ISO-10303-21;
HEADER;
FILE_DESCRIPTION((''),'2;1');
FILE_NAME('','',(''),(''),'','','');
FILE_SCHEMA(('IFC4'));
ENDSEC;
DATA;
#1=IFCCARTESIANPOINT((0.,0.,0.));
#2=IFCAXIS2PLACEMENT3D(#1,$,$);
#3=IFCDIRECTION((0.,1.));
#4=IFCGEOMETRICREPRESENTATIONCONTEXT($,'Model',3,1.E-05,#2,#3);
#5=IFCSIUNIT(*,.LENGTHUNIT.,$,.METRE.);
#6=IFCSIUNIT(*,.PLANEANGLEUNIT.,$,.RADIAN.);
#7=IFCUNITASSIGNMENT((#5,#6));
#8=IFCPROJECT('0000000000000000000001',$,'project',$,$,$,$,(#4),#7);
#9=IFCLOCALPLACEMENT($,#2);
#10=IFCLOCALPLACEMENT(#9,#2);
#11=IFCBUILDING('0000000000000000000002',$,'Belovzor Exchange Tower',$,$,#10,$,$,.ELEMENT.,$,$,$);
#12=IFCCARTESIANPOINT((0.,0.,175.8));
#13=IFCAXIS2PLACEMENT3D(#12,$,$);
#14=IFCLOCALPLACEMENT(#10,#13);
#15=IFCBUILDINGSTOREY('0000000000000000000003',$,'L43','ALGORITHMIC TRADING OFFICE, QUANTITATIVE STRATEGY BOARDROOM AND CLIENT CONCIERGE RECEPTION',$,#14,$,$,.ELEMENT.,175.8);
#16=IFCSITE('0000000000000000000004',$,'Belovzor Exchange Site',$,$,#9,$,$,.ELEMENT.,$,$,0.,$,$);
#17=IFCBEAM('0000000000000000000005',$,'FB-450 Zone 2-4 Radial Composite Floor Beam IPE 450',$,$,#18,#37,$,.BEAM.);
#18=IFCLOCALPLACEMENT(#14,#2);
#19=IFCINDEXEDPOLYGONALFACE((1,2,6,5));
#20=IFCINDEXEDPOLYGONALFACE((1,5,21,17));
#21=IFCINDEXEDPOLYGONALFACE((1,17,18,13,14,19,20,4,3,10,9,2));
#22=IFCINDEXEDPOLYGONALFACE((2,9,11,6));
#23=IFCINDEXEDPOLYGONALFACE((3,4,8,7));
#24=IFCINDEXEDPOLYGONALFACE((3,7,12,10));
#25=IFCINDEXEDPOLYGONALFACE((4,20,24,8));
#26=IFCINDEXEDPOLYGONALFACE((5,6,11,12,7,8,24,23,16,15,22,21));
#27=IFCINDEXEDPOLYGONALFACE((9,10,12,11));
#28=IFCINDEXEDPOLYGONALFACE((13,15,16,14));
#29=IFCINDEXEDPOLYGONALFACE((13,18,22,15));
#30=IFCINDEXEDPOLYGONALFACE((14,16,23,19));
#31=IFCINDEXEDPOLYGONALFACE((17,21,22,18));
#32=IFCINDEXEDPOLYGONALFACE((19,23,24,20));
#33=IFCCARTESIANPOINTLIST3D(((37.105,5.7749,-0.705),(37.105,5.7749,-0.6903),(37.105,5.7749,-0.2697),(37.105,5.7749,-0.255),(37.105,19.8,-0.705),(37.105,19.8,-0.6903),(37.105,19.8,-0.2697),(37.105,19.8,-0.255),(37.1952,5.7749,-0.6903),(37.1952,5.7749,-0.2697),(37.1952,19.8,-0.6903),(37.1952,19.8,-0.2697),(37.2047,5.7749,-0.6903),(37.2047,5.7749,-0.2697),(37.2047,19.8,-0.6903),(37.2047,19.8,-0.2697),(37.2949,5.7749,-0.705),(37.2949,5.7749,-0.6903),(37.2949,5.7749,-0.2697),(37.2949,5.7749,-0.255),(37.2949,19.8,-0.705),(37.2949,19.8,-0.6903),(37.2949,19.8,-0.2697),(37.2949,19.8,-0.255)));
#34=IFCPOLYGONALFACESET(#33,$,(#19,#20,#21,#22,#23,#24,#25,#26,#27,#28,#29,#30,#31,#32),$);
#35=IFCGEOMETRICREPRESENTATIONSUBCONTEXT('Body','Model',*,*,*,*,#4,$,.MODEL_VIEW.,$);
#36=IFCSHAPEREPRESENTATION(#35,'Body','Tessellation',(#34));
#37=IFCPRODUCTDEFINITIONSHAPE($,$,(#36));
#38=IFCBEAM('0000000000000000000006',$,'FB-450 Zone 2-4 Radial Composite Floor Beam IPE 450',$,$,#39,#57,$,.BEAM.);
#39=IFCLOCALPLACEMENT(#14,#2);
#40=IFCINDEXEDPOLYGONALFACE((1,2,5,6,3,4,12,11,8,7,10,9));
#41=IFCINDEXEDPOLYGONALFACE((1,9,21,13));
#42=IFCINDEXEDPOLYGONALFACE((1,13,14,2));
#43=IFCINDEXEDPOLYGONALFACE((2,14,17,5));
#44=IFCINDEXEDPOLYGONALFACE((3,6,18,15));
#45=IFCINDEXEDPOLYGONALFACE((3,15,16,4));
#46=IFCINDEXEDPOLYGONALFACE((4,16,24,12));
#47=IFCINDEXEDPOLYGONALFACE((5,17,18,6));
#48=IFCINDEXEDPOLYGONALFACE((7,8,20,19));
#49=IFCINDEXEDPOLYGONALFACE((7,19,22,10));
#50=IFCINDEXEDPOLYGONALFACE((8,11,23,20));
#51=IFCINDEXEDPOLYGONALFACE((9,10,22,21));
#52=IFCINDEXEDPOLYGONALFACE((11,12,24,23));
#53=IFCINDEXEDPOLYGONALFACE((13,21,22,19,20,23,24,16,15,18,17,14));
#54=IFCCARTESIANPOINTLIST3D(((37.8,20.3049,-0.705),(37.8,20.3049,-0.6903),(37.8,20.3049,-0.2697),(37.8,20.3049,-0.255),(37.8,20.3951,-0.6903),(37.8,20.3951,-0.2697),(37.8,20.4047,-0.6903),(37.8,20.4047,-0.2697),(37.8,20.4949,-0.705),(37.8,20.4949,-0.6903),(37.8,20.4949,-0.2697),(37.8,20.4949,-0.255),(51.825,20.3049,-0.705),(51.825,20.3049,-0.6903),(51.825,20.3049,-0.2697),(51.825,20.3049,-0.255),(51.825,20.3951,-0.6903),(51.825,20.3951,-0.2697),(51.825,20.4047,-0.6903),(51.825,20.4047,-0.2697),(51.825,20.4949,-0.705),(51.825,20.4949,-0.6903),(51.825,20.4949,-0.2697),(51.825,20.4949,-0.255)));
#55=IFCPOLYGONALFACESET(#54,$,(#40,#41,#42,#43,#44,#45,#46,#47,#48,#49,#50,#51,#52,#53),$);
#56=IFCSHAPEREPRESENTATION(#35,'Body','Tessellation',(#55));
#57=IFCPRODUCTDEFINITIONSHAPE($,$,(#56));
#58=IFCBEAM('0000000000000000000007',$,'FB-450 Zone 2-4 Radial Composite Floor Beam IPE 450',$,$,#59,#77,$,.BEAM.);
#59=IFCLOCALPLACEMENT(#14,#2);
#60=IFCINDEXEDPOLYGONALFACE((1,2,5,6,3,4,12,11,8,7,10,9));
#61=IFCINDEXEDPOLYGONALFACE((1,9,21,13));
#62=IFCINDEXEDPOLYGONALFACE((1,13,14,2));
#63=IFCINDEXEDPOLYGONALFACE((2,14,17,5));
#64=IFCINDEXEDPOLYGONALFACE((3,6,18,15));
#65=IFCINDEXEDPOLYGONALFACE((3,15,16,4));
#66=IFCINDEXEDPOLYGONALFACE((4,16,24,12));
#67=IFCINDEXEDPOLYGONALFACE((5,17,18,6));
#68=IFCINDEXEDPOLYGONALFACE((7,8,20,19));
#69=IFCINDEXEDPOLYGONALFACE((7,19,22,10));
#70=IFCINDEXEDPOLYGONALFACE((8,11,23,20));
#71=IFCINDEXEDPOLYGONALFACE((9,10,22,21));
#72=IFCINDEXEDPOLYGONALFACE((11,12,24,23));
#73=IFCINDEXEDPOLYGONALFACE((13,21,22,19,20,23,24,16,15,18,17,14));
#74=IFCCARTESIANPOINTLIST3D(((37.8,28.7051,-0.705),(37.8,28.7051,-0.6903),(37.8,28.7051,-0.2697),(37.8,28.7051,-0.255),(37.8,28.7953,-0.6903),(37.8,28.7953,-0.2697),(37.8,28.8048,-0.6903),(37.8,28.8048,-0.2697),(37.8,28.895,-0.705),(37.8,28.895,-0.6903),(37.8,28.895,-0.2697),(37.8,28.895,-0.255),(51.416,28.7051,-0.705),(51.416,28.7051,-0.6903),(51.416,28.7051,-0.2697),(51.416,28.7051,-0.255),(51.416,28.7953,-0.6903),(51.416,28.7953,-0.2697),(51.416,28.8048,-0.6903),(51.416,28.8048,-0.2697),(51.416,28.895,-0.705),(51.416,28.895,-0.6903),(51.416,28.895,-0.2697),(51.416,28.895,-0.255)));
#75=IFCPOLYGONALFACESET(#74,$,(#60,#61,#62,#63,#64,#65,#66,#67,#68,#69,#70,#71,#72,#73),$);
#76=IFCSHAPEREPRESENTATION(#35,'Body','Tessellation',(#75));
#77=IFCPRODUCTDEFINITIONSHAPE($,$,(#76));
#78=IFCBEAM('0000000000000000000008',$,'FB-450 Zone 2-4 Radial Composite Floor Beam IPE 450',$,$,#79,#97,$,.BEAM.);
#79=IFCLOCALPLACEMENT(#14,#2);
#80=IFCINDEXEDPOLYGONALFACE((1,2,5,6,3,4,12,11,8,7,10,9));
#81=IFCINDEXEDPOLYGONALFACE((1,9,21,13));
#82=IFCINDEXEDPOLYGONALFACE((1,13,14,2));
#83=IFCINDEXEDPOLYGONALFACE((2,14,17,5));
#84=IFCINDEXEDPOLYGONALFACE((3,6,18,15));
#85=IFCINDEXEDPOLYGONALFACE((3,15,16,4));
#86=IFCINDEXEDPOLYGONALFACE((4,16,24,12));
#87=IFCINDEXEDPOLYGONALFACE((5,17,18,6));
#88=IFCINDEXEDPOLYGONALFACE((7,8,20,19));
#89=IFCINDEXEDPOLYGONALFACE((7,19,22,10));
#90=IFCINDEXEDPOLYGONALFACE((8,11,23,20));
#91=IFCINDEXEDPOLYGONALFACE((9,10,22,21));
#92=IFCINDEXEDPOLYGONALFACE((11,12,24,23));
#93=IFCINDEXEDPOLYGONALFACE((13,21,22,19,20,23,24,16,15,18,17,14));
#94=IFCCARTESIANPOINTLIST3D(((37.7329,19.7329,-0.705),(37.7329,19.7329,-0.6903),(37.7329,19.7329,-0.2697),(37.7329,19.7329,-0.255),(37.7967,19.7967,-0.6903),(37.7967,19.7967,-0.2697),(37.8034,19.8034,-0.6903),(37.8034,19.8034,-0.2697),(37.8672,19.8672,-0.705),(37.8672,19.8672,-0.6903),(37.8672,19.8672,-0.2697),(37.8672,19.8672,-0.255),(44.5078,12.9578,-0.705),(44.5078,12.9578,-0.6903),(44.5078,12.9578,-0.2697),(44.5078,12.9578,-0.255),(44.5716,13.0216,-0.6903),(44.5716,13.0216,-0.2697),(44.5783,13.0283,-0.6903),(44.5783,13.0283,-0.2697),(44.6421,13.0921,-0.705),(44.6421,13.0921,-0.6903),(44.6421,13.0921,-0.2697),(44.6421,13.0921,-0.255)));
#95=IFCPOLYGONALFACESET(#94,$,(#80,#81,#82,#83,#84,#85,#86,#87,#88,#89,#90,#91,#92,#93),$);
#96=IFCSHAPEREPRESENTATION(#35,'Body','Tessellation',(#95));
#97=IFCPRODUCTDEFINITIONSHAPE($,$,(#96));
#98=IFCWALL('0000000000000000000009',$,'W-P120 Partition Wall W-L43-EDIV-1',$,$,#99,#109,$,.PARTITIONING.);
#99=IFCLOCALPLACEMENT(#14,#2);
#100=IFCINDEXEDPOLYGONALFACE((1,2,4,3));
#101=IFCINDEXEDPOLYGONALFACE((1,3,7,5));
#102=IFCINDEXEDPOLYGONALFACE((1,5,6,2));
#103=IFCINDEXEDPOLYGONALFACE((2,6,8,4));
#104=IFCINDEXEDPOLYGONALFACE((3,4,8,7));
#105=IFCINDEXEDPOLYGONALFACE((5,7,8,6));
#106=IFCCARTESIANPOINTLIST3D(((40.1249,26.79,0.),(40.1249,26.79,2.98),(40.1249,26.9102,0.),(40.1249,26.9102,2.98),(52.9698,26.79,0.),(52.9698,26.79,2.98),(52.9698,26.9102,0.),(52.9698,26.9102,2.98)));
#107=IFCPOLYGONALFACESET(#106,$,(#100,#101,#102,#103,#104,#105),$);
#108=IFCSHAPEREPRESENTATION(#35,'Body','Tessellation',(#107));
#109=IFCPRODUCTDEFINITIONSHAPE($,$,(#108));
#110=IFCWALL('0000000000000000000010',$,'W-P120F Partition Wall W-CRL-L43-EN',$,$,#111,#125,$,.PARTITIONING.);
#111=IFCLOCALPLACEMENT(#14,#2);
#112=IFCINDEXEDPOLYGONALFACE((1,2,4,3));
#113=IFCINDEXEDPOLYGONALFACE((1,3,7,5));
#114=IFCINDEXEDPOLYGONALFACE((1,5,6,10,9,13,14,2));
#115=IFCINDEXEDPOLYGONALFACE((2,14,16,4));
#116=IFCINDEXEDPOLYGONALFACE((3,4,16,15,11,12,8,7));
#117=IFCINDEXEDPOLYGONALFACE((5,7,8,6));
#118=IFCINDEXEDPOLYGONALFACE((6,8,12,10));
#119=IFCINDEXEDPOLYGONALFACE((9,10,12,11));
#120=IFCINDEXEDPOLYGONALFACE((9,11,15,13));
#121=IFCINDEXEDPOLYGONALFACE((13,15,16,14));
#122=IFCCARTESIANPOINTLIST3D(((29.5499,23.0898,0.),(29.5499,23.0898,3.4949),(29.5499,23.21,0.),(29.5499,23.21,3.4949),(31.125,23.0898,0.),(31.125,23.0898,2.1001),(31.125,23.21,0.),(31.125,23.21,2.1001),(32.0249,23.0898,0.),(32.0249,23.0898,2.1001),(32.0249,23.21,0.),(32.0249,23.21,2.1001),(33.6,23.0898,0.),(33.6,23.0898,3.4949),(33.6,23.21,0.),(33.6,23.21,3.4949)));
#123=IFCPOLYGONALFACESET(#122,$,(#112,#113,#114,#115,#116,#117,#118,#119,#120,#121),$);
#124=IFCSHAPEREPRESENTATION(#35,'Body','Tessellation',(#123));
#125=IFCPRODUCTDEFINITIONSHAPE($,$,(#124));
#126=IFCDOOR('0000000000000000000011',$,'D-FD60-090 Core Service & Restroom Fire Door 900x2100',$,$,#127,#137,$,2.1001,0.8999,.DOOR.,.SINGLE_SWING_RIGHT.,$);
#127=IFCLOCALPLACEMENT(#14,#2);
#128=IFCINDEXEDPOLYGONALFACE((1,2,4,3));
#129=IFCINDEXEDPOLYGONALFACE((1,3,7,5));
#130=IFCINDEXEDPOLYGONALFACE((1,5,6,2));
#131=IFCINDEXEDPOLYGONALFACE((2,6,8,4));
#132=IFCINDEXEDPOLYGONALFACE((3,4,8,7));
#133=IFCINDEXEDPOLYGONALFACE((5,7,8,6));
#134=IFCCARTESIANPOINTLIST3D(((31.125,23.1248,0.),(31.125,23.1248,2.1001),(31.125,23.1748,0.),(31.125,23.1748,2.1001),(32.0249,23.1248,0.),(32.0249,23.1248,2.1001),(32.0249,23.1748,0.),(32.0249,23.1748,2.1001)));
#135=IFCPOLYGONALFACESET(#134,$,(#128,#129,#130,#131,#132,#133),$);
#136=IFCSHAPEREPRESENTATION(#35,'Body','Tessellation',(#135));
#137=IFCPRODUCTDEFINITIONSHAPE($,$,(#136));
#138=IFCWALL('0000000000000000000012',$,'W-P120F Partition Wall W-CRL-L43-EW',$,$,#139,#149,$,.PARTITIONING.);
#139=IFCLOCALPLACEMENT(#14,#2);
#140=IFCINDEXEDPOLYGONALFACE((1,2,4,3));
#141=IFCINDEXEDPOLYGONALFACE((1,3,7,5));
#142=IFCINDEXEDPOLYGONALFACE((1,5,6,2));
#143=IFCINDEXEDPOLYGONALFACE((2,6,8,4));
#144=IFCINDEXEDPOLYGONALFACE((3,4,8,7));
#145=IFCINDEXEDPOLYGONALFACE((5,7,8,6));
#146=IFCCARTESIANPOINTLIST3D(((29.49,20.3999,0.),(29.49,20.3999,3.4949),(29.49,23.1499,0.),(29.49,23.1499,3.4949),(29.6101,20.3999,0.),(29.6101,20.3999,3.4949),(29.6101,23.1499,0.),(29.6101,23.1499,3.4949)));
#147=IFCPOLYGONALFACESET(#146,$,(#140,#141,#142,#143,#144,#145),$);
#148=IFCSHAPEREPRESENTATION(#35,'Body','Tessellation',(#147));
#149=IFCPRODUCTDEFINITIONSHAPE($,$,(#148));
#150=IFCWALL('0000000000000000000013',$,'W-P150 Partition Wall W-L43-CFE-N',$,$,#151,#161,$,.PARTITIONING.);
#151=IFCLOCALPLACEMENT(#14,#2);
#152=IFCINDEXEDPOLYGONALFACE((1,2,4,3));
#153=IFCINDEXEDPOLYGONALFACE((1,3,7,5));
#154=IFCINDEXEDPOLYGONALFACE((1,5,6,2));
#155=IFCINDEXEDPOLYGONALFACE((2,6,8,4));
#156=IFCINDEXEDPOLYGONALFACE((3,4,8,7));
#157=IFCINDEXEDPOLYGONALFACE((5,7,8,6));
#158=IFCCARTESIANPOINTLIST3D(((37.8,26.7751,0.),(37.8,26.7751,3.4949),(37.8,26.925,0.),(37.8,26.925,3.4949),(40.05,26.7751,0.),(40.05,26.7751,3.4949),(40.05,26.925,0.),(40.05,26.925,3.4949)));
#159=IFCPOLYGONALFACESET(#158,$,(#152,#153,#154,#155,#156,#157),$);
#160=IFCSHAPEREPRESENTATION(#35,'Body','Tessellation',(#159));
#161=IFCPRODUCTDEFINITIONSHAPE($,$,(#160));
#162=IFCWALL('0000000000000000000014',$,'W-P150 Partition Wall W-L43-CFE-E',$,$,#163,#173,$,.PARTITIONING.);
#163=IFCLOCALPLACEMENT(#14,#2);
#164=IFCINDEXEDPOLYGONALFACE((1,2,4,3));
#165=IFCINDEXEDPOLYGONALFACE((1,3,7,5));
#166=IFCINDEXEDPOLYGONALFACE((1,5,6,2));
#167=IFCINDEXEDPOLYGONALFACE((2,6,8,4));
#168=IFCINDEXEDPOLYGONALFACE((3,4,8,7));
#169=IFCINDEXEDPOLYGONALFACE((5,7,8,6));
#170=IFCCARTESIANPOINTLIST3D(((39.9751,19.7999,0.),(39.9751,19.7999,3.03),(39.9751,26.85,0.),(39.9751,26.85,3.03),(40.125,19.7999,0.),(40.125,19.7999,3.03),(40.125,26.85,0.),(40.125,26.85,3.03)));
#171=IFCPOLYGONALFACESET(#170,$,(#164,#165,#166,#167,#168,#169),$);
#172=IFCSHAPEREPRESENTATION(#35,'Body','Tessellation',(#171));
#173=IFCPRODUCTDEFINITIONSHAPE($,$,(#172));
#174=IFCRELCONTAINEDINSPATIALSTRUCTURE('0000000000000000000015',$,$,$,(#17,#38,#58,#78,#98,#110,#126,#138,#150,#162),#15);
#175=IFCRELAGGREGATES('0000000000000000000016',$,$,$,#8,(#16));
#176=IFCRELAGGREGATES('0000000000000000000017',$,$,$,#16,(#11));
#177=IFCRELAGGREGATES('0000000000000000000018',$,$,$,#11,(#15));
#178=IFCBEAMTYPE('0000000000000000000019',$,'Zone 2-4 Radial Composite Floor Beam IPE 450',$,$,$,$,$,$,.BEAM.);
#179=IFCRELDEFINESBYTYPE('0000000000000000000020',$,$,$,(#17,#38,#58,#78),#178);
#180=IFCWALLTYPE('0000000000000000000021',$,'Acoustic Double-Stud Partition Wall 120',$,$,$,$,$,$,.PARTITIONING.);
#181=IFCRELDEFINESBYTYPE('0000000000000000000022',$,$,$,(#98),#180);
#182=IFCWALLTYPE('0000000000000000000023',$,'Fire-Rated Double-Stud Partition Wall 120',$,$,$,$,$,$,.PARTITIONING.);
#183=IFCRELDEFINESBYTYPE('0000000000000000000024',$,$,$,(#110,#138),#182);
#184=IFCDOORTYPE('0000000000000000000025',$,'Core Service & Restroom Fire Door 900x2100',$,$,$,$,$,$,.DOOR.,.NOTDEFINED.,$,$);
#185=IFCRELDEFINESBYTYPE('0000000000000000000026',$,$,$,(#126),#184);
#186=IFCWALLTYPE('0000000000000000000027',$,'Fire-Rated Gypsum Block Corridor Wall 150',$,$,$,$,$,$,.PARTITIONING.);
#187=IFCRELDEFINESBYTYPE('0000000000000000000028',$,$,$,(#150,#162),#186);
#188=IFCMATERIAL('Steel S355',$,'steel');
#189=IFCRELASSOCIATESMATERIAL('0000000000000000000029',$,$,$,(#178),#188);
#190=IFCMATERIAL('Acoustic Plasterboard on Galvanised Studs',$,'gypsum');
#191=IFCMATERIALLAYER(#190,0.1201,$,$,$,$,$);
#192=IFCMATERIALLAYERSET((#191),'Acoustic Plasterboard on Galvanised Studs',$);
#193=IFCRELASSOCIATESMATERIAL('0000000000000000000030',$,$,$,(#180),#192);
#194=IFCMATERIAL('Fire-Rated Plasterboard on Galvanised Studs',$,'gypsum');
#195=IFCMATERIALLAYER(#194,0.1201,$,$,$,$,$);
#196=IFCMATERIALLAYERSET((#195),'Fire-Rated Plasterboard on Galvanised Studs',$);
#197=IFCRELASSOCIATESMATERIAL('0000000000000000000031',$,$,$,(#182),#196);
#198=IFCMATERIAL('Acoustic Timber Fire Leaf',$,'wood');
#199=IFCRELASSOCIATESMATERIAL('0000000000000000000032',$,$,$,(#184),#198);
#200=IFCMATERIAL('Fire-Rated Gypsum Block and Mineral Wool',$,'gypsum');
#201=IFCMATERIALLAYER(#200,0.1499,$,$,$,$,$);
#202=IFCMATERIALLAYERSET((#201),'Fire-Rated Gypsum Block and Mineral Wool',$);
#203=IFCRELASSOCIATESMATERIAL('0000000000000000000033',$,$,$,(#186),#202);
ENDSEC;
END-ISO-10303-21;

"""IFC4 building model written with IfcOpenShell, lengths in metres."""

from ifc_helpers import new_model, si_unit, direction, frame, frame_2d, origin, origin_2d, place, context, subcontext, project, spatial, rectangle, i_section, extrude, material, layer, layer_set, material_profile, profile_set, type_object, element, fill, save


model = new_model("IFC4")

# Units and contexts
model_context = context("Model", 3, precision=1e-05, world=origin(), true_north=direction((0.0, 1.0)))
body_context = subcontext(model_context, "Body", "Model", "MODEL_VIEW")
ifc_project = project(units=[si_unit("LENGTHUNIT", "METRE"), si_unit("PLANEANGLEUNIT", "RADIAN")], contexts=[model_context])

# Site, building, storey
site_placement = place(None, origin())
site = spatial("IfcSite", under=ifc_project, at=site_placement, Name="Belovzor Exchange Site", CompositionType="ELEMENT", RefElevation=0.0)
building_placement = place(site_placement, origin())
building = spatial("IfcBuilding", under=site, at=building_placement, Name="Belovzor Exchange Tower", CompositionType="ELEMENT")
storey_placement = place(building_placement, frame((0.0, 0.0, 175.8)))
storey = spatial("IfcBuildingStorey", under=building, at=storey_placement, Name="L43", Description="ALGORITHMIC TRADING OFFICE, QUANTITATIVE STRATEGY BOARDROOM AND CLIENT CONCIERGE RECEPTION", CompositionType="ELEMENT", Elevation=175.8)

# Beams
ifc_material_1 = material(Name="Steel S355", Category="steel")
ifc_material_profile = material_profile(ifc_material_1, i_section(OverallWidth=0.1899, OverallDepth=0.45, WebThickness=0.0095, FlangeThickness=0.0146, at=origin_2d()))
ifc_profile_set = profile_set([ifc_material_profile], Name="Steel S355")
beam_type = type_object("IfcBeamType", Name="Zone 2-4 Radial Composite Floor Beam IPE 450", PredefinedType="BEAM", material=ifc_profile_set)
beam_1_placement = place(storey_placement, frame((37.2, 19.8, -0.48), z_axis=(0.0, -1.0, 0.0), x_axis=(1.0, 0.0, 0.0)))
element("IfcBeam", 1, at=beam_1_placement, inside=storey, type_object=beam_type, Name="FB-450 Zone 2-4 Radial Composite Floor Beam IPE 450", PredefinedType="BEAM", context=body_context, shape_type="SweptSolid", body=[
    extrude(i_section(OverallWidth=0.1899, OverallDepth=0.45, WebThickness=0.0095, FlangeThickness=0.0146, at=origin_2d()), origin(), (0.0, 0.0, 1.0), 14.0251),
])
beam_2_placement = place(storey_placement, frame((37.8, 20.3999, -0.48), z_axis=(1.0, 0.0, 0.0), x_axis=(0.0, 1.0, 0.0)))
element("IfcBeam", 2, at=beam_2_placement, inside=storey, type_object=beam_type, Name="FB-450 Zone 2-4 Radial Composite Floor Beam IPE 450", PredefinedType="BEAM", context=body_context, shape_type="SweptSolid", body=[
    extrude(i_section(OverallWidth=0.1899, OverallDepth=0.45, WebThickness=0.0095, FlangeThickness=0.0146, at=origin_2d()), origin(), (0.0, 0.0, 1.0), 14.0249),
])
beam_3_placement = place(storey_placement, frame((37.8, 28.8, -0.48), z_axis=(1.0, 0.0, 0.0), x_axis=(0.0, 1.0, 0.0)))
element("IfcBeam", 3, at=beam_3_placement, inside=storey, type_object=beam_type, Name="FB-450 Zone 2-4 Radial Composite Floor Beam IPE 450", PredefinedType="BEAM", context=body_context, shape_type="SweptSolid", body=[
    extrude(i_section(OverallWidth=0.1899, OverallDepth=0.45, WebThickness=0.0095, FlangeThickness=0.0146, at=origin_2d()), origin(), (0.0, 0.0, 1.0), 13.616),
])
beam_4_placement = place(storey_placement, frame((37.8, 19.8, -0.48), z_axis=(0.707094, -0.70712, 0.0), x_axis=(0.70712, 0.707094, 0.0)))
element("IfcBeam", 4, at=beam_4_placement, inside=storey, type_object=beam_type, Name="FB-450 Zone 2-4 Radial Composite Floor Beam IPE 450", PredefinedType="BEAM", context=body_context, shape_type="SweptSolid", body=[
    extrude(i_section(OverallWidth=0.1899, OverallDepth=0.45, WebThickness=0.0095, FlangeThickness=0.0146, at=origin_2d()), origin(), (0.0, 0.0, 1.0), 9.5813),
])

# Wall
ifc_material_2 = material(Name="Acoustic Plasterboard on Galvanised Studs", Category="gypsum")
ifc_layer_1 = layer(ifc_material_2, 0.1201)
ifc_layer_set_1 = layer_set([ifc_layer_1], Name="Acoustic Plasterboard on Galvanised Studs")
wall_type_1 = type_object("IfcWallType", Name="Acoustic Double-Stud Partition Wall 120", PredefinedType="PARTITIONING", material=ifc_layer_set_1)
wall_1_placement = place(storey_placement, frame((40.125, 26.8501, 0.0), z_axis=(0.0, 0.0, 1.0), x_axis=(1.0, 0.0, 0.0)))
element("IfcWall", 5, at=wall_1_placement, inside=storey, type_object=wall_type_1, Name="W-P120 Partition Wall W-L43-EDIV-1", PredefinedType="PARTITIONING", context=body_context, shape_type="SweptSolid", body=[
    extrude(rectangle(XDim=12.845, YDim=0.1201, at=frame_2d((6.4224, 0.0))), origin(), (0.0, 0.0, 1.0), 2.98),
])

# Wall, opening, door
ifc_material_3 = material(Name="Fire-Rated Plasterboard on Galvanised Studs", Category="gypsum")
ifc_layer_2 = layer(ifc_material_3, 0.1201)
ifc_layer_set_2 = layer_set([ifc_layer_2], Name="Fire-Rated Plasterboard on Galvanised Studs")
wall_type_2 = type_object("IfcWallType", Name="Fire-Rated Double-Stud Partition Wall 120", PredefinedType="PARTITIONING", material=ifc_layer_set_2)
wall_2_placement = place(storey_placement, frame((29.55, 23.1499, 0.0), z_axis=(0.0, 0.0, 1.0), x_axis=(1.0, 0.0, 0.0)))
wall_2 = element("IfcWall", 6, at=wall_2_placement, inside=storey, type_object=wall_type_2, Name="W-P120F Partition Wall W-CRL-L43-EN", PredefinedType="PARTITIONING", context=body_context, shape_type="SweptSolid", body=[
    extrude(rectangle(XDim=4.05, YDim=0.1201, at=frame_2d((2.0249, 0.0))), origin(), (0.0, 0.0, 1.0), 3.4949),
])
opening_1_placement = place(wall_2_placement, frame((1.575, 0.0, 0.0)))
opening_1 = element("IfcOpeningElement", 7, at=opening_1_placement, cuts=wall_2, PredefinedType="OPENING", context=body_context, shape_type="SweptSolid", body=[
    extrude(rectangle(XDim=0.8999, YDim=2.1001, at=frame_2d((0.45, 1.05))), frame((0.0, 0.0701, 0.0), z_axis=(0.0, -1.0, 0.0), x_axis=(1.0, 0.0, 0.0)), (0.0, 0.0, 1.0), 0.1401),
])
ifc_material_4 = material(Name="Acoustic Timber Fire Leaf", Category="wood")
door_type_1 = type_object("IfcDoorType", Name="Core Service & Restroom Fire Door 900x2100", OperationType="NOTDEFINED", PredefinedType="DOOR", material=ifc_material_4)
door_1_placement = place(opening_1_placement, origin())
door_1 = element("IfcDoor", 8, at=door_1_placement, inside=storey, type_object=door_type_1, Name="D-FD60-090 Core Service & Restroom Fire Door 900x2100", OperationType="SINGLE_SWING_RIGHT", OverallHeight=2.1001, OverallWidth=0.8999, PredefinedType="DOOR", context=body_context, shape_type="SweptSolid", body=[
    extrude(rectangle(XDim=0.8999, YDim=2.1001, at=frame_2d((0.45, 1.05))), frame((0.0, 0.0249, 0.0), z_axis=(0.0, -1.0, 0.0), x_axis=(1.0, 0.0, 0.0)), (0.0, 0.0, 1.0), 0.05),
])
fill(opening_1, door_1)

# Walls
wall_3_placement = place(storey_placement, frame((29.55, 20.3999, 0.0), z_axis=(0.0, 0.0, 1.0), x_axis=(0.0, 1.0, 0.0)))
element("IfcWall", 9, at=wall_3_placement, inside=storey, type_object=wall_type_2, Name="W-P120F Partition Wall W-CRL-L43-EW", PredefinedType="PARTITIONING", context=body_context, shape_type="SweptSolid", body=[
    extrude(rectangle(XDim=2.75, YDim=0.1201, at=frame_2d((1.375, 0.0))), origin(), (0.0, 0.0, 1.0), 3.4949),
])
ifc_material_5 = material(Name="Fire-Rated Gypsum Block and Mineral Wool", Category="gypsum")
ifc_layer_3 = layer(ifc_material_5, 0.1499)
ifc_layer_set_3 = layer_set([ifc_layer_3], Name="Fire-Rated Gypsum Block and Mineral Wool")
wall_type_3 = type_object("IfcWallType", Name="Fire-Rated Gypsum Block Corridor Wall 150", PredefinedType="PARTITIONING", material=ifc_layer_set_3)
wall_4_placement = place(storey_placement, frame((37.8, 26.8501, 0.0), z_axis=(0.0, 0.0, 1.0), x_axis=(1.0, 0.0, 0.0)))
element("IfcWall", 10, at=wall_4_placement, inside=storey, type_object=wall_type_3, Name="W-P150 Partition Wall W-L43-CFE-N", PredefinedType="PARTITIONING", context=body_context, shape_type="SweptSolid", body=[
    extrude(rectangle(XDim=2.25, YDim=0.1499, at=frame_2d((1.125, 0.0))), origin(), (0.0, 0.0, 1.0), 3.4949),
])
wall_5_placement = place(storey_placement, frame((40.05, 19.8, 0.0), z_axis=(0.0, 0.0, 1.0), x_axis=(0.0, 1.0, 0.0)))
element("IfcWall", 11, at=wall_5_placement, inside=storey, type_object=wall_type_3, Name="W-P150 Partition Wall W-L43-CFE-E", PredefinedType="PARTITIONING", context=body_context, shape_type="SweptSolid", body=[
    extrude(rectangle(XDim=7.05, YDim=0.1499, at=frame_2d((3.5249, 0.0))), origin(), (0.0, 0.0, 1.0), 3.03),
])

save(model, "model.ifc")
